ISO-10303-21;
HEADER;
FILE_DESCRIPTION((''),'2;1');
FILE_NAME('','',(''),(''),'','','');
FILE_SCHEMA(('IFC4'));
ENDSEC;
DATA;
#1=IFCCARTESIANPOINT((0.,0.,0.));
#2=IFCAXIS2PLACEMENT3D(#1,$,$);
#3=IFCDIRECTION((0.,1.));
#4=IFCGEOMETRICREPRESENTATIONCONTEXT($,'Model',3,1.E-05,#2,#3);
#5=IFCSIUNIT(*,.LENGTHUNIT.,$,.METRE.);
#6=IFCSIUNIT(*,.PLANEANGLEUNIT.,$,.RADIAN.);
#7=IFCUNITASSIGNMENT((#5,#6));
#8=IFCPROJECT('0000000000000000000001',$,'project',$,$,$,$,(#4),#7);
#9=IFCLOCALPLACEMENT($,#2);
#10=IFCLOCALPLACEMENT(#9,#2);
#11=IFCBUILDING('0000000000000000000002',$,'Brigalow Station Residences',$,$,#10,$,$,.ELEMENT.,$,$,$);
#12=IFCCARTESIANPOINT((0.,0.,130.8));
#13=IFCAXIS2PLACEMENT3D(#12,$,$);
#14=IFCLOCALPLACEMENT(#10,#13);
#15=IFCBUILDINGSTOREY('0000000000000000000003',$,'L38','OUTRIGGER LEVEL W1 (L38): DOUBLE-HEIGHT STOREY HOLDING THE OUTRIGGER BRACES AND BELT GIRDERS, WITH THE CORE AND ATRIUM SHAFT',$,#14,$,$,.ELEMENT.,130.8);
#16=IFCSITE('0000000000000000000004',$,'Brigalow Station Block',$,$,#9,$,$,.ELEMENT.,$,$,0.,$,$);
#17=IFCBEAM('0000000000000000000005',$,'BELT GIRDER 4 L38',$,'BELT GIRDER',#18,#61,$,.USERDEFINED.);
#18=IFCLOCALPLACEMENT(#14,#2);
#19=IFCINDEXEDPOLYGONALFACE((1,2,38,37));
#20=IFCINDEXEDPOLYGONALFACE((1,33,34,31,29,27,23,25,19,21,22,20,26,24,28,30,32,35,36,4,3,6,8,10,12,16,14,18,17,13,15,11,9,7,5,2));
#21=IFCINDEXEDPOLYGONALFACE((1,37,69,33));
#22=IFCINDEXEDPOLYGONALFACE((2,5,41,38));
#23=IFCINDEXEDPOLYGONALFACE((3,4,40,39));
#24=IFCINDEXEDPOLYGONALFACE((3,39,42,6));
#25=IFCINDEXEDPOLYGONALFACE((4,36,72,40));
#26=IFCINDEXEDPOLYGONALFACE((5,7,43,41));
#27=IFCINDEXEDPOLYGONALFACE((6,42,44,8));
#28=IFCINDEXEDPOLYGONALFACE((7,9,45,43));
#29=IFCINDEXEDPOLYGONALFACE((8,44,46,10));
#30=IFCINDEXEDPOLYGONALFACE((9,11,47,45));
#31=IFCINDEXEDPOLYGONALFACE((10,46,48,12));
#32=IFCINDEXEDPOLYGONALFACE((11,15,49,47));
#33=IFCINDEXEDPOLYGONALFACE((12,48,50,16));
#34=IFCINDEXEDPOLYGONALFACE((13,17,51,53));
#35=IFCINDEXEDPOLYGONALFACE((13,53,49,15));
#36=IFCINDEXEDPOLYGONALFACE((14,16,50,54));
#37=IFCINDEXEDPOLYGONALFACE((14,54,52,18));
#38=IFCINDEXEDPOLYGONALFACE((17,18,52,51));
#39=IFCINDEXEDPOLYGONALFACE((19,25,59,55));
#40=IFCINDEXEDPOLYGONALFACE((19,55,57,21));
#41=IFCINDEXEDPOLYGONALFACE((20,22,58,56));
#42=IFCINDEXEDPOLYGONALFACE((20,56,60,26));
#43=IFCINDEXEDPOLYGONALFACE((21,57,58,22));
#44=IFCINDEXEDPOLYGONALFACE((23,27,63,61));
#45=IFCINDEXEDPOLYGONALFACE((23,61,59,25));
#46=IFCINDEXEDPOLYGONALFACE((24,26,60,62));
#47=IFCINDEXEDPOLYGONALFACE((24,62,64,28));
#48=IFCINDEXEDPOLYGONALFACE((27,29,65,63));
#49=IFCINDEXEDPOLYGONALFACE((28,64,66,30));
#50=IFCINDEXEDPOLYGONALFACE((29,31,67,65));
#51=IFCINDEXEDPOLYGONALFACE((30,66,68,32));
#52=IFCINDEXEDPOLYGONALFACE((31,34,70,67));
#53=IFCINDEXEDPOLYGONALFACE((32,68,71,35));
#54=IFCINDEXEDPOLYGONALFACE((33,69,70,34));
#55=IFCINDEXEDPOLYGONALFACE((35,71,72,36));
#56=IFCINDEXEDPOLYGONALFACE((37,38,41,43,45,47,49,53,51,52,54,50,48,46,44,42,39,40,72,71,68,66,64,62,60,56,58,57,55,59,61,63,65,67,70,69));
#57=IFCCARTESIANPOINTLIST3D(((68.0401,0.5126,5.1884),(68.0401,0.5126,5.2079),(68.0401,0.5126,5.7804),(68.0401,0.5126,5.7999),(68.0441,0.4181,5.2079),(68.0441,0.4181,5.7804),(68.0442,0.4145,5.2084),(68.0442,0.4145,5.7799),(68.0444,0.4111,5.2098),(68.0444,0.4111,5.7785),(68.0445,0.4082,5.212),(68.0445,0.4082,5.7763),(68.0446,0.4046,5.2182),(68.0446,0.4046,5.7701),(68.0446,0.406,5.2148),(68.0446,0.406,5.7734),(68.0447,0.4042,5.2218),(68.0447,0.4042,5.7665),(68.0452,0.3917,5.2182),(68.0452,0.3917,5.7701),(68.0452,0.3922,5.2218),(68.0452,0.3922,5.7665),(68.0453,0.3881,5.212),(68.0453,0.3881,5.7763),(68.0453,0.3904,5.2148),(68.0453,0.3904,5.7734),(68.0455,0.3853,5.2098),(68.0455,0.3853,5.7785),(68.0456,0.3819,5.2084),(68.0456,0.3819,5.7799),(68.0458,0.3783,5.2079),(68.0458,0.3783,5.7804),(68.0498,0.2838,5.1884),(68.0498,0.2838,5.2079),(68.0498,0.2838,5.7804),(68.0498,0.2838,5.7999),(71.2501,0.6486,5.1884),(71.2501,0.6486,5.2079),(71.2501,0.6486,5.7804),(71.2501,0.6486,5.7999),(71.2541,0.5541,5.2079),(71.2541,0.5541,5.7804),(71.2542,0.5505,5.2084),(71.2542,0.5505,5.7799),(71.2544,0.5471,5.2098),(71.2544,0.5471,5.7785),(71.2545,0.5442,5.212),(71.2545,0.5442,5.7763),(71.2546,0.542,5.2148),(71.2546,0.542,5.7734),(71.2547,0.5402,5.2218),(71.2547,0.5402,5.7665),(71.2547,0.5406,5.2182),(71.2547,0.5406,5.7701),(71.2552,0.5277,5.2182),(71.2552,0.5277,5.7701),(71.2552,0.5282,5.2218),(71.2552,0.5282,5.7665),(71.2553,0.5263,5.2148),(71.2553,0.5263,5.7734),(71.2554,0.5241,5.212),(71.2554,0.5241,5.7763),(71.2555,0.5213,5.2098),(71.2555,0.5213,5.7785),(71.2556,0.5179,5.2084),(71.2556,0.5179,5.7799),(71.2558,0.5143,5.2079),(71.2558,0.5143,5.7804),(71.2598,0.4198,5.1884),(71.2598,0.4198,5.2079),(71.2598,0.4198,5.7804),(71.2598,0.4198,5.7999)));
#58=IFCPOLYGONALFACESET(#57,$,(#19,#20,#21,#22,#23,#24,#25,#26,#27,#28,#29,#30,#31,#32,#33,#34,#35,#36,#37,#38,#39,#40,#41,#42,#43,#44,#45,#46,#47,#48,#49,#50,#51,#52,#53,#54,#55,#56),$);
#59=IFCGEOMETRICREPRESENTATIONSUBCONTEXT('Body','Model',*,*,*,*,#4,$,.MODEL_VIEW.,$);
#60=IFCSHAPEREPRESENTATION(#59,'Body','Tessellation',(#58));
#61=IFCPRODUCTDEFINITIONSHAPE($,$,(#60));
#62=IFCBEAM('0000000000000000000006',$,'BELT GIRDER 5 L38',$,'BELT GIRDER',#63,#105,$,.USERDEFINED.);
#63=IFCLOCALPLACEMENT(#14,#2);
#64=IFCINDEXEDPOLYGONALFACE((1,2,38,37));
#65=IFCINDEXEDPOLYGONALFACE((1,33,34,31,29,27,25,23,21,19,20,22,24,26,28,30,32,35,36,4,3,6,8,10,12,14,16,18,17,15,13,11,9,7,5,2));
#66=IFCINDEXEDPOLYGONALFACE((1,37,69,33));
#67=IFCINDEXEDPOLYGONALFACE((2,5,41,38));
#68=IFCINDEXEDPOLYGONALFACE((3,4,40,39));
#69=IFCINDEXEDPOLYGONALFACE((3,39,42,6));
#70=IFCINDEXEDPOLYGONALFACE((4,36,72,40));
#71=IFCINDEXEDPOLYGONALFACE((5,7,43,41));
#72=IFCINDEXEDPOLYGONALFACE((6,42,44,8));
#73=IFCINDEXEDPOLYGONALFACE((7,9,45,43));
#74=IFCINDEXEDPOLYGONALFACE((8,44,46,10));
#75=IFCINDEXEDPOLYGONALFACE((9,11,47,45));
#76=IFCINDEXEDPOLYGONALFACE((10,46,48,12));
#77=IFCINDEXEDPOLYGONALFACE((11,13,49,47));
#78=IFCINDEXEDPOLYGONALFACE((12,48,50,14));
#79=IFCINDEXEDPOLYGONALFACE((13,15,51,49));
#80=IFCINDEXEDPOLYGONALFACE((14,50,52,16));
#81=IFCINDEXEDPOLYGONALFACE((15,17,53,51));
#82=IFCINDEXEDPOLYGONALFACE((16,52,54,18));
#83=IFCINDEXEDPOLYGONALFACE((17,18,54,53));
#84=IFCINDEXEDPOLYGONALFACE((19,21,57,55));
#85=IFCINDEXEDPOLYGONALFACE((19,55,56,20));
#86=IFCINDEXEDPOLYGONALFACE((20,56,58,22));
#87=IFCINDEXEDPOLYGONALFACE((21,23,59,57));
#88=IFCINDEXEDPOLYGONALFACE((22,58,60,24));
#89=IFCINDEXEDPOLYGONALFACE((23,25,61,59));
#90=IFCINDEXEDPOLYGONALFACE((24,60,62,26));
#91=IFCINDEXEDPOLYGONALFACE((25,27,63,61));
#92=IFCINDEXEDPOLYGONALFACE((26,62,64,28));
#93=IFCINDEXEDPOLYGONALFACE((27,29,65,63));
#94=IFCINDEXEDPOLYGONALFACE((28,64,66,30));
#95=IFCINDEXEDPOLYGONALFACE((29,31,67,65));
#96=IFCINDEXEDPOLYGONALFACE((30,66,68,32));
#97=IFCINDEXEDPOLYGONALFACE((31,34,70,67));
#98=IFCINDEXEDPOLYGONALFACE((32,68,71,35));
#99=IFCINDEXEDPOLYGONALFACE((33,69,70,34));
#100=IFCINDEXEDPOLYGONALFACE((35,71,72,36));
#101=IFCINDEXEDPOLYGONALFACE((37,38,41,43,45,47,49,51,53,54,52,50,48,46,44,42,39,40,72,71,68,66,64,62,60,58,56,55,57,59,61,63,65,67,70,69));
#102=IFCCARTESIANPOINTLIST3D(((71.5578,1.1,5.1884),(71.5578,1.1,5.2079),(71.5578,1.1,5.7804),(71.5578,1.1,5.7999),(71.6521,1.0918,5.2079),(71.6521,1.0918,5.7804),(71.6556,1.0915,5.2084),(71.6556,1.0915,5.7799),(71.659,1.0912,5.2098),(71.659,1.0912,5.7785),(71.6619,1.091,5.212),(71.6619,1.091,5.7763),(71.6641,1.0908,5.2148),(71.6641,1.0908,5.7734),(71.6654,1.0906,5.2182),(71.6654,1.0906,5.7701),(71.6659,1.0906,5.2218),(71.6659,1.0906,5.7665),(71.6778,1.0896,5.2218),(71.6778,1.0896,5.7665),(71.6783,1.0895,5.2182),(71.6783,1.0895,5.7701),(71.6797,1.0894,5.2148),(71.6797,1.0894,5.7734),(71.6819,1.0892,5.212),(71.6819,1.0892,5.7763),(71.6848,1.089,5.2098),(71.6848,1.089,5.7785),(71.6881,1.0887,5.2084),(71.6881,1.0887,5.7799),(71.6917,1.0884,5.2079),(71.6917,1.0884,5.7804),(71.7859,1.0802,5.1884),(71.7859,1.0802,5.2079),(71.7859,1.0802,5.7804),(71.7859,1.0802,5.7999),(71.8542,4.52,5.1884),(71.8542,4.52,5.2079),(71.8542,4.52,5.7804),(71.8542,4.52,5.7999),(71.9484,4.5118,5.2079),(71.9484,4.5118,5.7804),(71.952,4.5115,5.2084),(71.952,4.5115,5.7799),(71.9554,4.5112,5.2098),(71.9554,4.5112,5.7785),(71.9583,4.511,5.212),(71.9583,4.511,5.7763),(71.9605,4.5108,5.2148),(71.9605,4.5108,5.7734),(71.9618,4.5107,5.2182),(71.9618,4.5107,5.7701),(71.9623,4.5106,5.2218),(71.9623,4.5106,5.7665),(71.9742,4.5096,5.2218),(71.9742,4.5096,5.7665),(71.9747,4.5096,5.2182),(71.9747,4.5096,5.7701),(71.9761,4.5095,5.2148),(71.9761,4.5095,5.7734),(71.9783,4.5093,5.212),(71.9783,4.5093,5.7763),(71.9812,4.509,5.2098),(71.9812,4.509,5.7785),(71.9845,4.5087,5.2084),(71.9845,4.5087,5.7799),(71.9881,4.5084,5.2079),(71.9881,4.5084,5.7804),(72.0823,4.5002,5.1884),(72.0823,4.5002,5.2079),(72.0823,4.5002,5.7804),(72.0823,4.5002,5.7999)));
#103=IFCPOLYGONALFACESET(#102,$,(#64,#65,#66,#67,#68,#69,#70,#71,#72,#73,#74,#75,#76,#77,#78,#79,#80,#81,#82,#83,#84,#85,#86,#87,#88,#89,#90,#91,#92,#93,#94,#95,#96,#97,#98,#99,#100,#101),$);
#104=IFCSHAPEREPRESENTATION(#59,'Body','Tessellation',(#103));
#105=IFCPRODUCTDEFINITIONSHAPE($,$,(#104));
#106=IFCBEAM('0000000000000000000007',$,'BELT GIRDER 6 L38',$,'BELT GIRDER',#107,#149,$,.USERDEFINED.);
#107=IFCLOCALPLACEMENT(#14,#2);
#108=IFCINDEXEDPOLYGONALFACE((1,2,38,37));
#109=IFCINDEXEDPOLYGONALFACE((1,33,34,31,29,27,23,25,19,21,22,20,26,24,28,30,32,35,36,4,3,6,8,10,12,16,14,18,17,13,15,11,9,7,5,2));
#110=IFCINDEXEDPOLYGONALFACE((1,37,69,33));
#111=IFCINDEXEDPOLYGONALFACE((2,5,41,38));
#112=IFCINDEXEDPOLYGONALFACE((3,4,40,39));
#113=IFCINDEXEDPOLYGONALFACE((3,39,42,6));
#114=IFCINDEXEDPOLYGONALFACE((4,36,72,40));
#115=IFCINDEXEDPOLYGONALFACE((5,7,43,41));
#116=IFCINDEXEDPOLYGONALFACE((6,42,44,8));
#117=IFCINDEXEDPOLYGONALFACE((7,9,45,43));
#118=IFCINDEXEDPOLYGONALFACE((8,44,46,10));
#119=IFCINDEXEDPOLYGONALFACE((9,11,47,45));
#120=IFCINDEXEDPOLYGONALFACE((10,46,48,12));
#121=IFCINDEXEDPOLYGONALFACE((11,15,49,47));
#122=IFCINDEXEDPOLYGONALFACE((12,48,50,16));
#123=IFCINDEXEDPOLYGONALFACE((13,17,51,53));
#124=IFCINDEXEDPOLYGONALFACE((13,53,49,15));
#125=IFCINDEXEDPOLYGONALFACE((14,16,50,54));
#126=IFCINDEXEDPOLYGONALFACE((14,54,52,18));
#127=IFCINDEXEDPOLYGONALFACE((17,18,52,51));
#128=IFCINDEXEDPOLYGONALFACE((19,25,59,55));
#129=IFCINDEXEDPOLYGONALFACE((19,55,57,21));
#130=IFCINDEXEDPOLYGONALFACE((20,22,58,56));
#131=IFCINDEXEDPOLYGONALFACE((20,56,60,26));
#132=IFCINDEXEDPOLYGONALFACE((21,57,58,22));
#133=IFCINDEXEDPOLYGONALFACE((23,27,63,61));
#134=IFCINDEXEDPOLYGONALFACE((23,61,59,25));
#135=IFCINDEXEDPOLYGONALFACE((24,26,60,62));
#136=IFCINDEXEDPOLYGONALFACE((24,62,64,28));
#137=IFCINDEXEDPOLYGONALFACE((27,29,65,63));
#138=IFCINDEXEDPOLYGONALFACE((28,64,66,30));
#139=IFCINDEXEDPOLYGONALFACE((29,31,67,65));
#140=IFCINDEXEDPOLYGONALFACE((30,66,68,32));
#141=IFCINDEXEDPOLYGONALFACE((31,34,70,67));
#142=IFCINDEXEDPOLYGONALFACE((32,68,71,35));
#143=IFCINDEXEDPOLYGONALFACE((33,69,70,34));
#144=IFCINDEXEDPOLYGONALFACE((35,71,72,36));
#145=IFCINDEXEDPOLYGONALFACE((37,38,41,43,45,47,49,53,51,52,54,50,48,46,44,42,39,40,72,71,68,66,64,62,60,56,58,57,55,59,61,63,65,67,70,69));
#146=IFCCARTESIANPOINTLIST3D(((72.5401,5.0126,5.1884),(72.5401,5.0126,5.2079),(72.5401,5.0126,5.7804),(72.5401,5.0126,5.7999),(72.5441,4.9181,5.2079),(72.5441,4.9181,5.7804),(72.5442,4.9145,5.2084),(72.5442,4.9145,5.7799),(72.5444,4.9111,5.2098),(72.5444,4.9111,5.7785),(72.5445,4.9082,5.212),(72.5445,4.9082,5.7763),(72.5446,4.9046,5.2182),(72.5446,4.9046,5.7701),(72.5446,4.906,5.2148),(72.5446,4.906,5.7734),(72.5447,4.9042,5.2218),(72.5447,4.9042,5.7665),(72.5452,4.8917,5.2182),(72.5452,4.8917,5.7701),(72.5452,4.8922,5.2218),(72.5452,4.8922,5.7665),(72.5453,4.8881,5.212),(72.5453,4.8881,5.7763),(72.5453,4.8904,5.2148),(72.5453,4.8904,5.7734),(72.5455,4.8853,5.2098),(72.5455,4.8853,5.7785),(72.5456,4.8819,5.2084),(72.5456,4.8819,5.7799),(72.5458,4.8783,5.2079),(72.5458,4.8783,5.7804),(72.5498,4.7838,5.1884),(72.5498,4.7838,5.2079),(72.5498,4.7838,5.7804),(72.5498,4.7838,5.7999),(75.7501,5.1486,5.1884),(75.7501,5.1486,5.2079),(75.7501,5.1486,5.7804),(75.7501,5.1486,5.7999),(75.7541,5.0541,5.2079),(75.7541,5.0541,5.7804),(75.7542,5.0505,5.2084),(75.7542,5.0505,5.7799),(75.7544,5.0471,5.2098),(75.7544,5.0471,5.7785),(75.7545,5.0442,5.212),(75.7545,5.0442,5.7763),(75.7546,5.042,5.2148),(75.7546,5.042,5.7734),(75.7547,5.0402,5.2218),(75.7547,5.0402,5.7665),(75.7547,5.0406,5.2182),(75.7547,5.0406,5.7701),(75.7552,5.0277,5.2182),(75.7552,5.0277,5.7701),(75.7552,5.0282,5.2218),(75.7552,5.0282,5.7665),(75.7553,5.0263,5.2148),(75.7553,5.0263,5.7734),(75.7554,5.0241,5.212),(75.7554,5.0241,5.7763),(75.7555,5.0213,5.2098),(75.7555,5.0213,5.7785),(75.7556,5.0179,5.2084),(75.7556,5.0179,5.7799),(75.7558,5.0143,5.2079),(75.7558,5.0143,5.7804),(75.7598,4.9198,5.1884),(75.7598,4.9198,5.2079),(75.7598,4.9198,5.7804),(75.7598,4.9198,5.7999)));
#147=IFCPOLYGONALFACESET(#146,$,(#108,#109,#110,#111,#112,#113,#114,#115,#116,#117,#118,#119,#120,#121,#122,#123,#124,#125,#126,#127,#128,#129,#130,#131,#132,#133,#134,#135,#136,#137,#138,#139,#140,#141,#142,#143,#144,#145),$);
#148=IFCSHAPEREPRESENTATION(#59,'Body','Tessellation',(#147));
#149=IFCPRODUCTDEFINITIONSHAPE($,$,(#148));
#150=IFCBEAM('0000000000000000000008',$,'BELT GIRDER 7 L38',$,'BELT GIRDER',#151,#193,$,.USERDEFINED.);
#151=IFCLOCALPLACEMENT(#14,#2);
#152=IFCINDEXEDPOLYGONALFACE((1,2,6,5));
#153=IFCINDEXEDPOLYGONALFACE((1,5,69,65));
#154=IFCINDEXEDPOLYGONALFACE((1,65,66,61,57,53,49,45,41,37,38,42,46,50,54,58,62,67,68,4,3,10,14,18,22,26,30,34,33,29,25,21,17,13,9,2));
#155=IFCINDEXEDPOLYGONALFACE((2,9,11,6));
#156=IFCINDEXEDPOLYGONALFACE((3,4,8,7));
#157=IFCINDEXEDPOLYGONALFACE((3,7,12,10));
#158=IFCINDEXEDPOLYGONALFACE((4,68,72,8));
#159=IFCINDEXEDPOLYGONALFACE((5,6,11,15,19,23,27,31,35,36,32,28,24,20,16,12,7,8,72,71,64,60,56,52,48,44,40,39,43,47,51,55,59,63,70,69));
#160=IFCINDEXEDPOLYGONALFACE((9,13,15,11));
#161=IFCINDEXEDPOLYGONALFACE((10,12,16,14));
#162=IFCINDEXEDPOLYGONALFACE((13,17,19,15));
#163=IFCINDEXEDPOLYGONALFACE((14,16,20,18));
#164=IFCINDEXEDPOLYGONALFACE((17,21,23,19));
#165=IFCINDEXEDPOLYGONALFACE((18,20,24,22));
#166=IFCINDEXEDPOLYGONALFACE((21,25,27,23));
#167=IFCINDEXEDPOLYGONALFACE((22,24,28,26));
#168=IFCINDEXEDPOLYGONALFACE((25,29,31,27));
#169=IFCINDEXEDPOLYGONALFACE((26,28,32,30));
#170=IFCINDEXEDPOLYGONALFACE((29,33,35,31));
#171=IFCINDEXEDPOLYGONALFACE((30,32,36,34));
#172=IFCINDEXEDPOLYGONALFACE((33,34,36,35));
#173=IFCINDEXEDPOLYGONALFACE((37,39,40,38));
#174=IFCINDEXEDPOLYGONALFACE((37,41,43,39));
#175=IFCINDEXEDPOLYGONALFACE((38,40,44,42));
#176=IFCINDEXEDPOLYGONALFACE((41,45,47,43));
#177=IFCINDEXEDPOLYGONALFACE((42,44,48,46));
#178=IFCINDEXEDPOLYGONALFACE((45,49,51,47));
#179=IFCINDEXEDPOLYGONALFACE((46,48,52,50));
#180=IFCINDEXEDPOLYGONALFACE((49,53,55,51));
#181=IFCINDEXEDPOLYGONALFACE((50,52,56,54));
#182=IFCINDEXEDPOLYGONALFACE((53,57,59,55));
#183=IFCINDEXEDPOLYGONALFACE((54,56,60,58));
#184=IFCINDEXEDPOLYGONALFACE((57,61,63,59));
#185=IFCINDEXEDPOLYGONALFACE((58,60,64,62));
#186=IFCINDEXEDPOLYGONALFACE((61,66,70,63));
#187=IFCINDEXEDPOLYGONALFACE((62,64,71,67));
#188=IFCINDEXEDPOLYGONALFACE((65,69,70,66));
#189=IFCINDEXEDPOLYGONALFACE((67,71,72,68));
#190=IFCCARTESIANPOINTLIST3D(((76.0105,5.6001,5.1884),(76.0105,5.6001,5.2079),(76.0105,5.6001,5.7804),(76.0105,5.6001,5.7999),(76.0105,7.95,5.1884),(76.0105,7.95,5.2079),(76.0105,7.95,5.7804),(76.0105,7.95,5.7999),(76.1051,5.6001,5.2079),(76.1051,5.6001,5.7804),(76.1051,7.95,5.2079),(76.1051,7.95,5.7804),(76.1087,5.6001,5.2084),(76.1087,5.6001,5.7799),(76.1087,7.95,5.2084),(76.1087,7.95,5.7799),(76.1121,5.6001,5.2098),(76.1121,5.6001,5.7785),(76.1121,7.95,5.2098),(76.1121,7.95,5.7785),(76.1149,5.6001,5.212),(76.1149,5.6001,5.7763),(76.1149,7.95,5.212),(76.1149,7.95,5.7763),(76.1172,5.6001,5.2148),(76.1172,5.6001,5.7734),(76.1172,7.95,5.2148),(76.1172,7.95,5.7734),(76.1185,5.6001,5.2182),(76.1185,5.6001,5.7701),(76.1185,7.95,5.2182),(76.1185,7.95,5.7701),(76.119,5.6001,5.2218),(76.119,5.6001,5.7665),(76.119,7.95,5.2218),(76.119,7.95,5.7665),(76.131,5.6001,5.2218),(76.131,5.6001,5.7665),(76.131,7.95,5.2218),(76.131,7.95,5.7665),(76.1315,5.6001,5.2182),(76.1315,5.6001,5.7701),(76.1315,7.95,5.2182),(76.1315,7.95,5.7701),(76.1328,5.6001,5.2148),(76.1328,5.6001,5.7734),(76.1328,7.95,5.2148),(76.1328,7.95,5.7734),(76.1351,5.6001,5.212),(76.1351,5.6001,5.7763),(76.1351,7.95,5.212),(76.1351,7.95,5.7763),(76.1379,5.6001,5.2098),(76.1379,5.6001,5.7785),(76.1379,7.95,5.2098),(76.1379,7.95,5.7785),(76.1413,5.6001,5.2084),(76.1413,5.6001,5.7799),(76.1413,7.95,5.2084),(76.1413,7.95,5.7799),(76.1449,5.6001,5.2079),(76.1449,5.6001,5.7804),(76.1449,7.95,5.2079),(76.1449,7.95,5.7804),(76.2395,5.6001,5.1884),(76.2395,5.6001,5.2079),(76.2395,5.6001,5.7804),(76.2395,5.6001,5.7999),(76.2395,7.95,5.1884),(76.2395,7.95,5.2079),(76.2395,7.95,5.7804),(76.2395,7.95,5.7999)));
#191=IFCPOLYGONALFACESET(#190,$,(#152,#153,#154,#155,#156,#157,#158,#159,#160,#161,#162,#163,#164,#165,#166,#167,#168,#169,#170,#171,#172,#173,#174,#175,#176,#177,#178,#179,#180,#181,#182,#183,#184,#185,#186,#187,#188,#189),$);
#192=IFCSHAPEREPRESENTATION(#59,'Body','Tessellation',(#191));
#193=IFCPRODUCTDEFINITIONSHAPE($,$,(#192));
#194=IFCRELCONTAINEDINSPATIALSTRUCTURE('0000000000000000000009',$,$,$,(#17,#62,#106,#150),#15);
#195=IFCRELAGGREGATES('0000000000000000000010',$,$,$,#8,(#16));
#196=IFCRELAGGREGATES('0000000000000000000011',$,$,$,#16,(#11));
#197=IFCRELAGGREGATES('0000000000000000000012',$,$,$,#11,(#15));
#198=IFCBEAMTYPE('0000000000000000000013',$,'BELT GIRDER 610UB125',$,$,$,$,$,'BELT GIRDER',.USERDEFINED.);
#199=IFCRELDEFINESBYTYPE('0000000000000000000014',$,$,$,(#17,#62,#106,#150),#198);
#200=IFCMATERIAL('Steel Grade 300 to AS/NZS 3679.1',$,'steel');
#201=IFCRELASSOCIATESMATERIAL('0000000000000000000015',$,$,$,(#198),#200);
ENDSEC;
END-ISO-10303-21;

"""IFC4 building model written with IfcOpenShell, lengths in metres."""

from ifc_helpers import new_model, si_unit, direction, frame, origin, origin_2d, place, context, subcontext, project, spatial, i_section, extrude, material, material_profile, profile_set, type_object, element, save


model = new_model("IFC4")

# Units and contexts
model_context = context("Model", 3, precision=1e-05, world=origin(), true_north=direction((0.0, 1.0)))
body_context = subcontext(model_context, "Body", "Model", "MODEL_VIEW")
ifc_project = project(units=[si_unit("LENGTHUNIT", "METRE"), si_unit("PLANEANGLEUNIT", "RADIAN")], contexts=[model_context])

# Site, building, storey
site_placement = place(None, origin())
site = spatial("IfcSite", under=ifc_project, at=site_placement, Name="Brigalow Station Block", CompositionType="ELEMENT", RefElevation=0.0)
building_placement = place(site_placement, origin())
building = spatial("IfcBuilding", under=site, at=building_placement, Name="Brigalow Station Residences", CompositionType="ELEMENT")
storey_placement = place(building_placement, frame((0.0, 0.0, 130.8)))
storey = spatial("IfcBuildingStorey", under=building, at=storey_placement, Name="L38", Description="OUTRIGGER LEVEL W1 (L38): DOUBLE-HEIGHT STOREY HOLDING THE OUTRIGGER BRACES AND BELT GIRDERS, WITH THE CORE AND ATRIUM SHAFT", CompositionType="ELEMENT", Elevation=130.8)

# Beams
ifc_material_1 = material(Name="Steel Grade 300 to AS/NZS 3679.1", Category="steel")
ifc_material_profile_1 = material_profile(ifc_material_1, i_section(OverallWidth=0.229, OverallDepth=0.6116, WebThickness=0.012, FlangeThickness=0.0195, FilletRadius=0.0139, at=origin_2d()), Name="610UB125")
ifc_profile_set_1 = profile_set([ifc_material_profile_1], Name="Steel Grade 300 to AS/NZS 3679.1")
beam_type = type_object("IfcBeamType", Name="BELT GIRDER 610UB125", ElementType="BELT GIRDER", PredefinedType="USERDEFINED", material=ifc_profile_set_1)
beam_1_placement = place(storey_placement, frame((68.0449, 0.3982, 5.4941), z_axis=(0.999104, 0.042326, 0.0), x_axis=(-0.042326, 0.999104, 0.0)))
element("IfcBeam", 1, at=beam_1_placement, inside=storey, type_object=beam_type, Name="BELT GIRDER 4 L38", ObjectType="BELT GIRDER", PredefinedType="USERDEFINED", context=body_context, shape_type="SweptSolid", body=[
    extrude(i_section(OverallWidth=0.229, OverallDepth=0.6116, WebThickness=0.012, FlangeThickness=0.0195, FilletRadius=0.0139, at=origin_2d()), origin(), (0.0, 0.0, 1.0), 3.2129),
])
beam_2_placement = place(storey_placement, frame((71.6719, 1.0901, 5.4941), z_axis=(0.086341, 0.996266, 0.0), x_axis=(-0.996266, 0.086341, 0.0)))
element("IfcBeam", 2, at=beam_2_placement, inside=storey, type_object=beam_type, Name="BELT GIRDER 5 L38", ObjectType="BELT GIRDER", PredefinedType="USERDEFINED", context=body_context, shape_type="SweptSolid", body=[
    extrude(i_section(OverallWidth=0.229, OverallDepth=0.6116, WebThickness=0.012, FlangeThickness=0.0195, FilletRadius=0.0139, at=origin_2d()), origin(), (0.0, 0.0, 1.0), 3.4329),
])
beam_3_placement = place(storey_placement, frame((72.5449, 4.8982, 5.4941), z_axis=(0.999104, 0.042326, 0.0), x_axis=(-0.042326, 0.999104, 0.0)))
element("IfcBeam", 3, at=beam_3_placement, inside=storey, type_object=beam_type, Name="BELT GIRDER 6 L38", ObjectType="BELT GIRDER", PredefinedType="USERDEFINED", context=body_context, shape_type="SweptSolid", body=[
    extrude(i_section(OverallWidth=0.229, OverallDepth=0.6116, WebThickness=0.012, FlangeThickness=0.0195, FilletRadius=0.0139, at=origin_2d()), origin(), (0.0, 0.0, 1.0), 3.2129),
])
beam_4_placement = place(storey_placement, frame((76.125, 5.6001, 5.4941), z_axis=(0.0, 1.0, 0.0), x_axis=(-1.0, 0.0, 0.0)))
element("IfcBeam", 4, at=beam_4_placement, inside=storey, type_object=beam_type, Name="BELT GIRDER 7 L38", ObjectType="BELT GIRDER", PredefinedType="USERDEFINED", context=body_context, shape_type="SweptSolid", body=[
    extrude(i_section(OverallWidth=0.229, OverallDepth=0.6116, WebThickness=0.012, FlangeThickness=0.0195, FilletRadius=0.0139, at=origin_2d()), origin(), (0.0, 0.0, 1.0), 2.3499),
])

save(model, "model.ifc")
